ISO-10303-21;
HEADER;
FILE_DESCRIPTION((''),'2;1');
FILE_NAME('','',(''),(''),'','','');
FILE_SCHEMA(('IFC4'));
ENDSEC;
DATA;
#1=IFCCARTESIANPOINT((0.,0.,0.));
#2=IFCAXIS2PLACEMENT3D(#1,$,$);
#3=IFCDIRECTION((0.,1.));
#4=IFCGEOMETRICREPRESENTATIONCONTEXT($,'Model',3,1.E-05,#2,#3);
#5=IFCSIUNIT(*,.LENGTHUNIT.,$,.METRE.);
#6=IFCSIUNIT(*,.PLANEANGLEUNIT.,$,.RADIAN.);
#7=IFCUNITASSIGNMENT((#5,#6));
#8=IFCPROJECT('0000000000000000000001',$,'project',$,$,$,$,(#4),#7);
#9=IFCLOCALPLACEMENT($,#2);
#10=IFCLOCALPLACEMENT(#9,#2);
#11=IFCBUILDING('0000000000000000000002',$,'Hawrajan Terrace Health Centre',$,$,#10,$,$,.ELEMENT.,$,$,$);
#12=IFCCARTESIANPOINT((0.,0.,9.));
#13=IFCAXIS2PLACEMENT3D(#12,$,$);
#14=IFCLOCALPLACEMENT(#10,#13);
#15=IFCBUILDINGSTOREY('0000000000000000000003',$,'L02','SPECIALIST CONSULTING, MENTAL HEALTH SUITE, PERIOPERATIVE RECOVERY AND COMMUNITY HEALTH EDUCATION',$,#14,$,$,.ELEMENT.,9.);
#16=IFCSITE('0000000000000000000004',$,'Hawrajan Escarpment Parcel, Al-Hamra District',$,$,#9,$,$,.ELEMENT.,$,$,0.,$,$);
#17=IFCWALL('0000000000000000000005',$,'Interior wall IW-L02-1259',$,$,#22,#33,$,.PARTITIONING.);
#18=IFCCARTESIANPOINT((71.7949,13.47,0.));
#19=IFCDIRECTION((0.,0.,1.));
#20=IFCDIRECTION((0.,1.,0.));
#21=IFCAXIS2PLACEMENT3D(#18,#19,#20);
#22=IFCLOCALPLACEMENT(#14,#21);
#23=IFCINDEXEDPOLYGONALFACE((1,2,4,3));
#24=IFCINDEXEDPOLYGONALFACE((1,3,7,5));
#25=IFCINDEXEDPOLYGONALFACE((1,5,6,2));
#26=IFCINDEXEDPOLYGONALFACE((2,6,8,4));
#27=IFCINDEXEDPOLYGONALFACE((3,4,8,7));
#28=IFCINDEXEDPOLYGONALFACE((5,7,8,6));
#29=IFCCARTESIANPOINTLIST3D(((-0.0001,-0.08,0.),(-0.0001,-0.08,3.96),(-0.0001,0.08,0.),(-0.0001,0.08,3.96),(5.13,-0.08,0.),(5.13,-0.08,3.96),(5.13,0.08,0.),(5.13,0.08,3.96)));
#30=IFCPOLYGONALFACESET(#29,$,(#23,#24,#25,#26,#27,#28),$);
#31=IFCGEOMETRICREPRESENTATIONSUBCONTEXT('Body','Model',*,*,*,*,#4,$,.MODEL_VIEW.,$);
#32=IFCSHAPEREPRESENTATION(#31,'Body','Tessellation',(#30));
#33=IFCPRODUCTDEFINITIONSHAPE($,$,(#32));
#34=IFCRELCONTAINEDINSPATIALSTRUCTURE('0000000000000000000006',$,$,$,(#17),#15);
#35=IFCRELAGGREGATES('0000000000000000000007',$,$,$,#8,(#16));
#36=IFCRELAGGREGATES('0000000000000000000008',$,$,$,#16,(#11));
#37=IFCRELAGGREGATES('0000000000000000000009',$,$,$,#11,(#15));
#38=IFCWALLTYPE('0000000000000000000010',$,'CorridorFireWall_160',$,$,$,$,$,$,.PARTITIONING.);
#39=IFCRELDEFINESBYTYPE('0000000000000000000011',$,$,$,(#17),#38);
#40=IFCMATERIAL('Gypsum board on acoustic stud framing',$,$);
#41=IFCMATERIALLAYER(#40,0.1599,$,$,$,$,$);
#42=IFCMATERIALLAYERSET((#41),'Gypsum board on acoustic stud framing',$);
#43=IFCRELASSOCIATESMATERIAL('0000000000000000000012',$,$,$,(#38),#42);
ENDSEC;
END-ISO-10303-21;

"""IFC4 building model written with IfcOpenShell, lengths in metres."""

from ifc_helpers import new_model, si_unit, direction, frame, frame_2d, origin, place, context, subcontext, project, spatial, rectangle, extrude, material, layer, layer_set, type_object, element, save


model = new_model("IFC4")

# Units and contexts
model_context = context("Model", 3, precision=1e-05, world=origin(), true_north=direction((0.0, 1.0)))
body_context = subcontext(model_context, "Body", "Model", "MODEL_VIEW")
ifc_project = project(units=[si_unit("LENGTHUNIT", "METRE"), si_unit("PLANEANGLEUNIT", "RADIAN")], contexts=[model_context])

# Site, building, storey
site_placement = place(None, origin())
site = spatial("IfcSite", under=ifc_project, at=site_placement, Name="Hawrajan Escarpment Parcel, Al-Hamra District", CompositionType="ELEMENT", RefElevation=0.0)
building_placement = place(site_placement, origin())
building = spatial("IfcBuilding", under=site, at=building_placement, Name="Hawrajan Terrace Health Centre", CompositionType="ELEMENT")
storey_placement = place(building_placement, frame((0.0, 0.0, 9.0)))
storey = spatial("IfcBuildingStorey", under=building, at=storey_placement, Name="L02", Description="SPECIALIST CONSULTING, MENTAL HEALTH SUITE, PERIOPERATIVE RECOVERY AND COMMUNITY HEALTH EDUCATION", CompositionType="ELEMENT", Elevation=9.0)

# Shared definitions
ifc_material_1 = material(Name="Gypsum board on acoustic stud framing")

# Wall
ifc_layer_1 = layer(ifc_material_1, 0.1599)
ifc_layer_set_1 = layer_set([ifc_layer_1], Name="Gypsum board on acoustic stud framing")
wall_type_1 = type_object("IfcWallType", Name="CorridorFireWall_160", PredefinedType="PARTITIONING", material=ifc_layer_set_1)
wall_1_placement = place(storey_placement, frame((71.7949, 13.47, 0.0), z_axis=(0.0, 0.0, 1.0), x_axis=(0.0, 1.0, 0.0)))
element("IfcWall", 1, at=wall_1_placement, inside=storey, type_object=wall_type_1, Name="Interior wall IW-L02-1259", PredefinedType="PARTITIONING", context=body_context, shape_type="SweptSolid", body=[
    extrude(rectangle(XDim=5.1301, YDim=0.1599, at=frame_2d((2.5649, 0.0))), origin(), (0.0, 0.0, 1.0), 3.96),
])

save(model, "model.ifc")
